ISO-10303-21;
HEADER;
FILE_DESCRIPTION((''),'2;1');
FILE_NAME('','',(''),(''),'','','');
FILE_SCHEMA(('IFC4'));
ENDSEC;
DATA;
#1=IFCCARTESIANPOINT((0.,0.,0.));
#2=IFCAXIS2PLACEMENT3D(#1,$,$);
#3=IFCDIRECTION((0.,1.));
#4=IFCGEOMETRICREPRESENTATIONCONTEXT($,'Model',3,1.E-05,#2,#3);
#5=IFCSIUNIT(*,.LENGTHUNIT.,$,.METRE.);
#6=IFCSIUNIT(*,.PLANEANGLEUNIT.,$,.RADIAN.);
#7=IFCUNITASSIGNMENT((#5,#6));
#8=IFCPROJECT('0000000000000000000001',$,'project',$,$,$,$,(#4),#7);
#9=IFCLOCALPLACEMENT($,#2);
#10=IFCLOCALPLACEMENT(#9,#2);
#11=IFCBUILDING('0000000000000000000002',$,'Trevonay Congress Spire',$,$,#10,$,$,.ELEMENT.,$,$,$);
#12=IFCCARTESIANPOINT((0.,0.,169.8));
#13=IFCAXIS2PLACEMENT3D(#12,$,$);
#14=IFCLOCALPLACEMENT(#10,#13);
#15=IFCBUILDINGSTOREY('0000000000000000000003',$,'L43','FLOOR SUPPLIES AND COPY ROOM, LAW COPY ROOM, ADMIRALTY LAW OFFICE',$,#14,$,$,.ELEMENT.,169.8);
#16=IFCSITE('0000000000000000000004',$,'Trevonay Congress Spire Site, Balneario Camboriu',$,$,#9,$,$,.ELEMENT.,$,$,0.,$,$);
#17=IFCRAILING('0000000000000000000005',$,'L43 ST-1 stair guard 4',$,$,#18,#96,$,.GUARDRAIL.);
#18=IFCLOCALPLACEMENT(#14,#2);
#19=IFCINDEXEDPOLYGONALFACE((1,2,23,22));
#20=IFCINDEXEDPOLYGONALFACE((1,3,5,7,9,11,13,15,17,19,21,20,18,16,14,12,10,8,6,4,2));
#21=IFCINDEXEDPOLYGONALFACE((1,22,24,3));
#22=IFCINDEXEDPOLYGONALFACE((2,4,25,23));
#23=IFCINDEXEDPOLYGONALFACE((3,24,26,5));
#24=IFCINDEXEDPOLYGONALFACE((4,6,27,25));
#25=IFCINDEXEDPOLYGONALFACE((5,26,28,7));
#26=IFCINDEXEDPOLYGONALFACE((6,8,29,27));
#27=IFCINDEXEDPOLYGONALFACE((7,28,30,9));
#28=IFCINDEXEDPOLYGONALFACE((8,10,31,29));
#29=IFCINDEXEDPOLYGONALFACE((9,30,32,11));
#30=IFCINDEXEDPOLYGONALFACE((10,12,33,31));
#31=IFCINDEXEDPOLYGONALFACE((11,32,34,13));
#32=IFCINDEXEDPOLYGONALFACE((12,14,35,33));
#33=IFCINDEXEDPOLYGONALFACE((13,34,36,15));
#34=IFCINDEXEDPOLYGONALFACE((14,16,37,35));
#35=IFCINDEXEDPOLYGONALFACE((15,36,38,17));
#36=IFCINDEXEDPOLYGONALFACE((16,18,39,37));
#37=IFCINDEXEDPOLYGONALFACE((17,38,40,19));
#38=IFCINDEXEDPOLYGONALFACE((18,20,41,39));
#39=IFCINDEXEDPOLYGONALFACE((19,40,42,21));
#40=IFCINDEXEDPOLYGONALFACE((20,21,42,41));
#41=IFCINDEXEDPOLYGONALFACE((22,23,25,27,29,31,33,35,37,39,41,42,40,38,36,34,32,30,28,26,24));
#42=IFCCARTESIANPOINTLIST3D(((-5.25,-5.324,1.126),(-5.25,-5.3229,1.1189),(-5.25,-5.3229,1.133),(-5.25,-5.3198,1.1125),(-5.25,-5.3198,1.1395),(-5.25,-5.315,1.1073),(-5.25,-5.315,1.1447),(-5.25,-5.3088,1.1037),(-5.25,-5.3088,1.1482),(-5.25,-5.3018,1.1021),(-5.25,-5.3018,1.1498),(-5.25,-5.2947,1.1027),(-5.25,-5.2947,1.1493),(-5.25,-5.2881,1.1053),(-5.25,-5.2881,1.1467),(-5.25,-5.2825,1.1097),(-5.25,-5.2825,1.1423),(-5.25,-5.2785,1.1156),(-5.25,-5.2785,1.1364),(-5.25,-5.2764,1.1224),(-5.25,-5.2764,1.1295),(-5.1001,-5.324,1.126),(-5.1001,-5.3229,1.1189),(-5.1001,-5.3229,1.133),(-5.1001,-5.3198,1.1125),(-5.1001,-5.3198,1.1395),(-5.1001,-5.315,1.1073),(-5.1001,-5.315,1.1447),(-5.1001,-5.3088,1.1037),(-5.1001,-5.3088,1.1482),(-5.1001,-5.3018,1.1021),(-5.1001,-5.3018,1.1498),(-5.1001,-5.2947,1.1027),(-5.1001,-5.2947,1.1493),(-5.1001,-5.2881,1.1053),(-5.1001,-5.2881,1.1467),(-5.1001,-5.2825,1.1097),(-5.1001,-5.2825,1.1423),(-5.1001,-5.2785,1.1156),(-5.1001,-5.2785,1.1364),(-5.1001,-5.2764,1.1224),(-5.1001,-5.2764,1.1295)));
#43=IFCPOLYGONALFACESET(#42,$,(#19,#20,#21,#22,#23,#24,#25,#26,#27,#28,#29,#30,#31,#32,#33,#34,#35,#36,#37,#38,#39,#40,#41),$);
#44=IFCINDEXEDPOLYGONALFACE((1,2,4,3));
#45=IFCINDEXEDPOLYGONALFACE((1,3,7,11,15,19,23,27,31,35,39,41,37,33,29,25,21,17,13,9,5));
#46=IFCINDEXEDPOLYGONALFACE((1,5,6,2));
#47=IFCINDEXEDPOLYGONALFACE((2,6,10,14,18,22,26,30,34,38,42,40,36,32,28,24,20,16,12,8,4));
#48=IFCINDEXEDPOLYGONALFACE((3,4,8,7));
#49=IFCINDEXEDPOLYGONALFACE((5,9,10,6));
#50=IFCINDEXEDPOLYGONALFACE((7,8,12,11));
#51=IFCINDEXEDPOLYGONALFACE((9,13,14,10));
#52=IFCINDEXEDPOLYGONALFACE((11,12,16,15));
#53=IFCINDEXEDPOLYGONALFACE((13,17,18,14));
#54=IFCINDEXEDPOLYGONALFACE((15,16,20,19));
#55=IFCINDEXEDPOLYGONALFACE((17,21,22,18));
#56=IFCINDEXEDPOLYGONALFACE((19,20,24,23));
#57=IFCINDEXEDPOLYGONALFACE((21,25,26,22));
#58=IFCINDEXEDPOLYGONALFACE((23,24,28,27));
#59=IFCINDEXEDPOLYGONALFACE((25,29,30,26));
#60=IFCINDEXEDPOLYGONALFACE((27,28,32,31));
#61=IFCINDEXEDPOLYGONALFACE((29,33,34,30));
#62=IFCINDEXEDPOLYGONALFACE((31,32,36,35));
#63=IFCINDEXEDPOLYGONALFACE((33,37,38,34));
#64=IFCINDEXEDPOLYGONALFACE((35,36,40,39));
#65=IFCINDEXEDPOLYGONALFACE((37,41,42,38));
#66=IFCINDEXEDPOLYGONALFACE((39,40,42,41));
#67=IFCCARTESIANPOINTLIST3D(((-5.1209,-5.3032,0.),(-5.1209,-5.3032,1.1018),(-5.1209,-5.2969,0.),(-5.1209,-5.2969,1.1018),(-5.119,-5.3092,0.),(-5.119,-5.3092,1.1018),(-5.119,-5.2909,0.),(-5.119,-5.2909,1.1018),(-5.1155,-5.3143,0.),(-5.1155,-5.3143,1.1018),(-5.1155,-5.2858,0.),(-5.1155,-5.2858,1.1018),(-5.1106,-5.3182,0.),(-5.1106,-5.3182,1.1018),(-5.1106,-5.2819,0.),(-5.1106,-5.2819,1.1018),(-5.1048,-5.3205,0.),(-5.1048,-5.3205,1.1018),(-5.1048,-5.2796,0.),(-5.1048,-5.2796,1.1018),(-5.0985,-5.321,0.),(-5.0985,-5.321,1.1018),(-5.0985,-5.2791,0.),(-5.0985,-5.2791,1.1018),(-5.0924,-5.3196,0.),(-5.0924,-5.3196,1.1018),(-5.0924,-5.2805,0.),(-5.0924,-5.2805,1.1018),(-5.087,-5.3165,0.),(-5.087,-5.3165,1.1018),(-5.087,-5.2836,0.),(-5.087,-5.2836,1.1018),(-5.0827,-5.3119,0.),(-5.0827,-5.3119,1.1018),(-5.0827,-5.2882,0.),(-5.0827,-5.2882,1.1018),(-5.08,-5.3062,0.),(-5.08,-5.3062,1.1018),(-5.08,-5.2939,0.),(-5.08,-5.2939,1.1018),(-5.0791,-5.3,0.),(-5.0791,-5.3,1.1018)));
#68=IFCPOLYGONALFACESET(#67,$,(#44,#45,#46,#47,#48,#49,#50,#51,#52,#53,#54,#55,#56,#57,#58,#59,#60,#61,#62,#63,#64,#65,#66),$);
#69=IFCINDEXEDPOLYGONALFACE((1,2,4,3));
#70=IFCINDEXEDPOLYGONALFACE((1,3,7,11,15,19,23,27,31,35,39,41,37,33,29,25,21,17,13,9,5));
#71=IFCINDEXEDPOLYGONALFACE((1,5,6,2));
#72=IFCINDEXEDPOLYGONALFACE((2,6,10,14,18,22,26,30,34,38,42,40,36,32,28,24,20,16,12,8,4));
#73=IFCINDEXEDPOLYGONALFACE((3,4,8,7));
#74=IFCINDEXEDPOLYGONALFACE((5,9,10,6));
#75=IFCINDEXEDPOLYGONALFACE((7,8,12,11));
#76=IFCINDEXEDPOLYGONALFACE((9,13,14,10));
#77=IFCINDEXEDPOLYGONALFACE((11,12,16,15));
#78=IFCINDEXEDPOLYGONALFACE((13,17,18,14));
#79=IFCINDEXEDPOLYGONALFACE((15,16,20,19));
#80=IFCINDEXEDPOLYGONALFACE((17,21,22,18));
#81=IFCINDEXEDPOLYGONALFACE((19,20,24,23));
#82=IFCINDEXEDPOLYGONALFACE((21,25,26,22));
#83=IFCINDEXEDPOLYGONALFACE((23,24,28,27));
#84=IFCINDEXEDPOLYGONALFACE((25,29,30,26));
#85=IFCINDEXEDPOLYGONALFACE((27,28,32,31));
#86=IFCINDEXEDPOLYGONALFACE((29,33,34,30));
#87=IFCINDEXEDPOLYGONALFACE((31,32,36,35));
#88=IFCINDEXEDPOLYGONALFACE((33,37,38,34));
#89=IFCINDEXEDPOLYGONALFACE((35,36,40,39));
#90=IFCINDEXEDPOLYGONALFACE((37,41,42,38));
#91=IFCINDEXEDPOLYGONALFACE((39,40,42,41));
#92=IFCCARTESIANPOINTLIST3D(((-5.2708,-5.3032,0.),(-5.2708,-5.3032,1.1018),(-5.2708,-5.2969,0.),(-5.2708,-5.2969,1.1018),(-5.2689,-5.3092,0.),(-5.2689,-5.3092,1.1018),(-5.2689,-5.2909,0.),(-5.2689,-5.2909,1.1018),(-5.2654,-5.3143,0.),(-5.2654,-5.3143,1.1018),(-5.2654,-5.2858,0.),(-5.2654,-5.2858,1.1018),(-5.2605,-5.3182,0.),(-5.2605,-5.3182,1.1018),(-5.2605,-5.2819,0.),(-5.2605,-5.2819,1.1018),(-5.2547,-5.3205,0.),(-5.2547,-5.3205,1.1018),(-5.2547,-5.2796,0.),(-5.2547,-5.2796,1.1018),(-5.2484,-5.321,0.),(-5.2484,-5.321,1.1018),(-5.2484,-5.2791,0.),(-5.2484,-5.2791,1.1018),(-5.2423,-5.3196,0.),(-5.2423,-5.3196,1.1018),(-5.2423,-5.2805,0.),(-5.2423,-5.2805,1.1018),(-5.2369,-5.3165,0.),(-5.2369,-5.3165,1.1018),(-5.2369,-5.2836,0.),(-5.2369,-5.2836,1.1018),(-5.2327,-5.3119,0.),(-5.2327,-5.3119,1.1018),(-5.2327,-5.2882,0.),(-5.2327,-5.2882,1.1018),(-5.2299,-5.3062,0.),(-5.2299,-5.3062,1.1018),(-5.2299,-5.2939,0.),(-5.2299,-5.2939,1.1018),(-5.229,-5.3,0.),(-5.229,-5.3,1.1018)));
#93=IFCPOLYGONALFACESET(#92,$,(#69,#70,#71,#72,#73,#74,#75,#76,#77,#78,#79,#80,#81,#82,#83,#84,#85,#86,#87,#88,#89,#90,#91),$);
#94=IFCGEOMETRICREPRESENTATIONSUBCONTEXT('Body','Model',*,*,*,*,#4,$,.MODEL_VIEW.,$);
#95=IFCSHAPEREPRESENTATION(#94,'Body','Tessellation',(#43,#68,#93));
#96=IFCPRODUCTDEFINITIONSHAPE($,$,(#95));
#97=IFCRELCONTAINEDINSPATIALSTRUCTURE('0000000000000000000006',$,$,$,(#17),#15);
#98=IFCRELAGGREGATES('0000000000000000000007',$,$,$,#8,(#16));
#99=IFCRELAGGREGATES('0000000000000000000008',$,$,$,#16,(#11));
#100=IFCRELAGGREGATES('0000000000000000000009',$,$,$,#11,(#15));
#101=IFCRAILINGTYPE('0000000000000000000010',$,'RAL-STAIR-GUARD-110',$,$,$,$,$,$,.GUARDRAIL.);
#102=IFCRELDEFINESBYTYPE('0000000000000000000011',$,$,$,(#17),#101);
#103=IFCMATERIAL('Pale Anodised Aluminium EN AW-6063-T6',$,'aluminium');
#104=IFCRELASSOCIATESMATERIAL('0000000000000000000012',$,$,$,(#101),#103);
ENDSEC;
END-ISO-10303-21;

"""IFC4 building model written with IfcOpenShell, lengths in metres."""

from ifc_helpers import new_model, si_unit, direction, frame, origin, origin_2d, place, context, subcontext, project, spatial, circle, extrude, material, type_object, element, save


model = new_model("IFC4")

# Units and contexts
model_context = context("Model", 3, precision=1e-05, world=origin(), true_north=direction((0.0, 1.0)))
body_context = subcontext(model_context, "Body", "Model", "MODEL_VIEW")
ifc_project = project(units=[si_unit("LENGTHUNIT", "METRE"), si_unit("PLANEANGLEUNIT", "RADIAN")], contexts=[model_context])

# Site, building, storey
site_placement = place(None, origin())
site = spatial("IfcSite", under=ifc_project, at=site_placement, Name="Trevonay Congress Spire Site, Balneario Camboriu", CompositionType="ELEMENT", RefElevation=0.0)
building_placement = place(site_placement, origin())
building = spatial("IfcBuilding", under=site, at=building_placement, Name="Trevonay Congress Spire", CompositionType="ELEMENT")
storey_placement = place(building_placement, frame((0.0, 0.0, 169.8)))
storey = spatial("IfcBuildingStorey", under=building, at=storey_placement, Name="L43", Description="FLOOR SUPPLIES AND COPY ROOM, LAW COPY ROOM, ADMIRALTY LAW OFFICE", CompositionType="ELEMENT", Elevation=169.8)

# Railing
ifc_material_1 = material(Name="Pale Anodised Aluminium EN AW-6063-T6", Category="aluminium")
railing_type_1 = type_object("IfcRailingType", Name="RAL-STAIR-GUARD-110", PredefinedType="GUARDRAIL", material=ifc_material_1)
railing_1_placement = place(storey_placement, frame((-5.1001, -5.3, 0.0)))
element("IfcRailing", 1, at=railing_1_placement, inside=storey, type_object=railing_type_1, Name="L43 ST-1 stair guard 4", PredefinedType="GUARDRAIL", context=body_context, shape_type="SweptSolid", body=[
    extrude(circle(Radius=0.0239, at=origin_2d()), frame((0.0, 0.0, 1.126), z_axis=(-1.0, 0.0, 0.0), x_axis=(0.0, -1.0, 0.0)), (0.0, 0.0, 1.0), 0.1499),
    extrude(circle(Radius=0.021, at=origin_2d()), origin(), (0.0, 0.0, 1.0), 1.1018),
    extrude(circle(Radius=0.021, at=origin_2d()), frame((-0.1499, 0.0, 0.0)), (0.0, 0.0, 1.0), 1.1018),
])

save(model, "model.ifc")
